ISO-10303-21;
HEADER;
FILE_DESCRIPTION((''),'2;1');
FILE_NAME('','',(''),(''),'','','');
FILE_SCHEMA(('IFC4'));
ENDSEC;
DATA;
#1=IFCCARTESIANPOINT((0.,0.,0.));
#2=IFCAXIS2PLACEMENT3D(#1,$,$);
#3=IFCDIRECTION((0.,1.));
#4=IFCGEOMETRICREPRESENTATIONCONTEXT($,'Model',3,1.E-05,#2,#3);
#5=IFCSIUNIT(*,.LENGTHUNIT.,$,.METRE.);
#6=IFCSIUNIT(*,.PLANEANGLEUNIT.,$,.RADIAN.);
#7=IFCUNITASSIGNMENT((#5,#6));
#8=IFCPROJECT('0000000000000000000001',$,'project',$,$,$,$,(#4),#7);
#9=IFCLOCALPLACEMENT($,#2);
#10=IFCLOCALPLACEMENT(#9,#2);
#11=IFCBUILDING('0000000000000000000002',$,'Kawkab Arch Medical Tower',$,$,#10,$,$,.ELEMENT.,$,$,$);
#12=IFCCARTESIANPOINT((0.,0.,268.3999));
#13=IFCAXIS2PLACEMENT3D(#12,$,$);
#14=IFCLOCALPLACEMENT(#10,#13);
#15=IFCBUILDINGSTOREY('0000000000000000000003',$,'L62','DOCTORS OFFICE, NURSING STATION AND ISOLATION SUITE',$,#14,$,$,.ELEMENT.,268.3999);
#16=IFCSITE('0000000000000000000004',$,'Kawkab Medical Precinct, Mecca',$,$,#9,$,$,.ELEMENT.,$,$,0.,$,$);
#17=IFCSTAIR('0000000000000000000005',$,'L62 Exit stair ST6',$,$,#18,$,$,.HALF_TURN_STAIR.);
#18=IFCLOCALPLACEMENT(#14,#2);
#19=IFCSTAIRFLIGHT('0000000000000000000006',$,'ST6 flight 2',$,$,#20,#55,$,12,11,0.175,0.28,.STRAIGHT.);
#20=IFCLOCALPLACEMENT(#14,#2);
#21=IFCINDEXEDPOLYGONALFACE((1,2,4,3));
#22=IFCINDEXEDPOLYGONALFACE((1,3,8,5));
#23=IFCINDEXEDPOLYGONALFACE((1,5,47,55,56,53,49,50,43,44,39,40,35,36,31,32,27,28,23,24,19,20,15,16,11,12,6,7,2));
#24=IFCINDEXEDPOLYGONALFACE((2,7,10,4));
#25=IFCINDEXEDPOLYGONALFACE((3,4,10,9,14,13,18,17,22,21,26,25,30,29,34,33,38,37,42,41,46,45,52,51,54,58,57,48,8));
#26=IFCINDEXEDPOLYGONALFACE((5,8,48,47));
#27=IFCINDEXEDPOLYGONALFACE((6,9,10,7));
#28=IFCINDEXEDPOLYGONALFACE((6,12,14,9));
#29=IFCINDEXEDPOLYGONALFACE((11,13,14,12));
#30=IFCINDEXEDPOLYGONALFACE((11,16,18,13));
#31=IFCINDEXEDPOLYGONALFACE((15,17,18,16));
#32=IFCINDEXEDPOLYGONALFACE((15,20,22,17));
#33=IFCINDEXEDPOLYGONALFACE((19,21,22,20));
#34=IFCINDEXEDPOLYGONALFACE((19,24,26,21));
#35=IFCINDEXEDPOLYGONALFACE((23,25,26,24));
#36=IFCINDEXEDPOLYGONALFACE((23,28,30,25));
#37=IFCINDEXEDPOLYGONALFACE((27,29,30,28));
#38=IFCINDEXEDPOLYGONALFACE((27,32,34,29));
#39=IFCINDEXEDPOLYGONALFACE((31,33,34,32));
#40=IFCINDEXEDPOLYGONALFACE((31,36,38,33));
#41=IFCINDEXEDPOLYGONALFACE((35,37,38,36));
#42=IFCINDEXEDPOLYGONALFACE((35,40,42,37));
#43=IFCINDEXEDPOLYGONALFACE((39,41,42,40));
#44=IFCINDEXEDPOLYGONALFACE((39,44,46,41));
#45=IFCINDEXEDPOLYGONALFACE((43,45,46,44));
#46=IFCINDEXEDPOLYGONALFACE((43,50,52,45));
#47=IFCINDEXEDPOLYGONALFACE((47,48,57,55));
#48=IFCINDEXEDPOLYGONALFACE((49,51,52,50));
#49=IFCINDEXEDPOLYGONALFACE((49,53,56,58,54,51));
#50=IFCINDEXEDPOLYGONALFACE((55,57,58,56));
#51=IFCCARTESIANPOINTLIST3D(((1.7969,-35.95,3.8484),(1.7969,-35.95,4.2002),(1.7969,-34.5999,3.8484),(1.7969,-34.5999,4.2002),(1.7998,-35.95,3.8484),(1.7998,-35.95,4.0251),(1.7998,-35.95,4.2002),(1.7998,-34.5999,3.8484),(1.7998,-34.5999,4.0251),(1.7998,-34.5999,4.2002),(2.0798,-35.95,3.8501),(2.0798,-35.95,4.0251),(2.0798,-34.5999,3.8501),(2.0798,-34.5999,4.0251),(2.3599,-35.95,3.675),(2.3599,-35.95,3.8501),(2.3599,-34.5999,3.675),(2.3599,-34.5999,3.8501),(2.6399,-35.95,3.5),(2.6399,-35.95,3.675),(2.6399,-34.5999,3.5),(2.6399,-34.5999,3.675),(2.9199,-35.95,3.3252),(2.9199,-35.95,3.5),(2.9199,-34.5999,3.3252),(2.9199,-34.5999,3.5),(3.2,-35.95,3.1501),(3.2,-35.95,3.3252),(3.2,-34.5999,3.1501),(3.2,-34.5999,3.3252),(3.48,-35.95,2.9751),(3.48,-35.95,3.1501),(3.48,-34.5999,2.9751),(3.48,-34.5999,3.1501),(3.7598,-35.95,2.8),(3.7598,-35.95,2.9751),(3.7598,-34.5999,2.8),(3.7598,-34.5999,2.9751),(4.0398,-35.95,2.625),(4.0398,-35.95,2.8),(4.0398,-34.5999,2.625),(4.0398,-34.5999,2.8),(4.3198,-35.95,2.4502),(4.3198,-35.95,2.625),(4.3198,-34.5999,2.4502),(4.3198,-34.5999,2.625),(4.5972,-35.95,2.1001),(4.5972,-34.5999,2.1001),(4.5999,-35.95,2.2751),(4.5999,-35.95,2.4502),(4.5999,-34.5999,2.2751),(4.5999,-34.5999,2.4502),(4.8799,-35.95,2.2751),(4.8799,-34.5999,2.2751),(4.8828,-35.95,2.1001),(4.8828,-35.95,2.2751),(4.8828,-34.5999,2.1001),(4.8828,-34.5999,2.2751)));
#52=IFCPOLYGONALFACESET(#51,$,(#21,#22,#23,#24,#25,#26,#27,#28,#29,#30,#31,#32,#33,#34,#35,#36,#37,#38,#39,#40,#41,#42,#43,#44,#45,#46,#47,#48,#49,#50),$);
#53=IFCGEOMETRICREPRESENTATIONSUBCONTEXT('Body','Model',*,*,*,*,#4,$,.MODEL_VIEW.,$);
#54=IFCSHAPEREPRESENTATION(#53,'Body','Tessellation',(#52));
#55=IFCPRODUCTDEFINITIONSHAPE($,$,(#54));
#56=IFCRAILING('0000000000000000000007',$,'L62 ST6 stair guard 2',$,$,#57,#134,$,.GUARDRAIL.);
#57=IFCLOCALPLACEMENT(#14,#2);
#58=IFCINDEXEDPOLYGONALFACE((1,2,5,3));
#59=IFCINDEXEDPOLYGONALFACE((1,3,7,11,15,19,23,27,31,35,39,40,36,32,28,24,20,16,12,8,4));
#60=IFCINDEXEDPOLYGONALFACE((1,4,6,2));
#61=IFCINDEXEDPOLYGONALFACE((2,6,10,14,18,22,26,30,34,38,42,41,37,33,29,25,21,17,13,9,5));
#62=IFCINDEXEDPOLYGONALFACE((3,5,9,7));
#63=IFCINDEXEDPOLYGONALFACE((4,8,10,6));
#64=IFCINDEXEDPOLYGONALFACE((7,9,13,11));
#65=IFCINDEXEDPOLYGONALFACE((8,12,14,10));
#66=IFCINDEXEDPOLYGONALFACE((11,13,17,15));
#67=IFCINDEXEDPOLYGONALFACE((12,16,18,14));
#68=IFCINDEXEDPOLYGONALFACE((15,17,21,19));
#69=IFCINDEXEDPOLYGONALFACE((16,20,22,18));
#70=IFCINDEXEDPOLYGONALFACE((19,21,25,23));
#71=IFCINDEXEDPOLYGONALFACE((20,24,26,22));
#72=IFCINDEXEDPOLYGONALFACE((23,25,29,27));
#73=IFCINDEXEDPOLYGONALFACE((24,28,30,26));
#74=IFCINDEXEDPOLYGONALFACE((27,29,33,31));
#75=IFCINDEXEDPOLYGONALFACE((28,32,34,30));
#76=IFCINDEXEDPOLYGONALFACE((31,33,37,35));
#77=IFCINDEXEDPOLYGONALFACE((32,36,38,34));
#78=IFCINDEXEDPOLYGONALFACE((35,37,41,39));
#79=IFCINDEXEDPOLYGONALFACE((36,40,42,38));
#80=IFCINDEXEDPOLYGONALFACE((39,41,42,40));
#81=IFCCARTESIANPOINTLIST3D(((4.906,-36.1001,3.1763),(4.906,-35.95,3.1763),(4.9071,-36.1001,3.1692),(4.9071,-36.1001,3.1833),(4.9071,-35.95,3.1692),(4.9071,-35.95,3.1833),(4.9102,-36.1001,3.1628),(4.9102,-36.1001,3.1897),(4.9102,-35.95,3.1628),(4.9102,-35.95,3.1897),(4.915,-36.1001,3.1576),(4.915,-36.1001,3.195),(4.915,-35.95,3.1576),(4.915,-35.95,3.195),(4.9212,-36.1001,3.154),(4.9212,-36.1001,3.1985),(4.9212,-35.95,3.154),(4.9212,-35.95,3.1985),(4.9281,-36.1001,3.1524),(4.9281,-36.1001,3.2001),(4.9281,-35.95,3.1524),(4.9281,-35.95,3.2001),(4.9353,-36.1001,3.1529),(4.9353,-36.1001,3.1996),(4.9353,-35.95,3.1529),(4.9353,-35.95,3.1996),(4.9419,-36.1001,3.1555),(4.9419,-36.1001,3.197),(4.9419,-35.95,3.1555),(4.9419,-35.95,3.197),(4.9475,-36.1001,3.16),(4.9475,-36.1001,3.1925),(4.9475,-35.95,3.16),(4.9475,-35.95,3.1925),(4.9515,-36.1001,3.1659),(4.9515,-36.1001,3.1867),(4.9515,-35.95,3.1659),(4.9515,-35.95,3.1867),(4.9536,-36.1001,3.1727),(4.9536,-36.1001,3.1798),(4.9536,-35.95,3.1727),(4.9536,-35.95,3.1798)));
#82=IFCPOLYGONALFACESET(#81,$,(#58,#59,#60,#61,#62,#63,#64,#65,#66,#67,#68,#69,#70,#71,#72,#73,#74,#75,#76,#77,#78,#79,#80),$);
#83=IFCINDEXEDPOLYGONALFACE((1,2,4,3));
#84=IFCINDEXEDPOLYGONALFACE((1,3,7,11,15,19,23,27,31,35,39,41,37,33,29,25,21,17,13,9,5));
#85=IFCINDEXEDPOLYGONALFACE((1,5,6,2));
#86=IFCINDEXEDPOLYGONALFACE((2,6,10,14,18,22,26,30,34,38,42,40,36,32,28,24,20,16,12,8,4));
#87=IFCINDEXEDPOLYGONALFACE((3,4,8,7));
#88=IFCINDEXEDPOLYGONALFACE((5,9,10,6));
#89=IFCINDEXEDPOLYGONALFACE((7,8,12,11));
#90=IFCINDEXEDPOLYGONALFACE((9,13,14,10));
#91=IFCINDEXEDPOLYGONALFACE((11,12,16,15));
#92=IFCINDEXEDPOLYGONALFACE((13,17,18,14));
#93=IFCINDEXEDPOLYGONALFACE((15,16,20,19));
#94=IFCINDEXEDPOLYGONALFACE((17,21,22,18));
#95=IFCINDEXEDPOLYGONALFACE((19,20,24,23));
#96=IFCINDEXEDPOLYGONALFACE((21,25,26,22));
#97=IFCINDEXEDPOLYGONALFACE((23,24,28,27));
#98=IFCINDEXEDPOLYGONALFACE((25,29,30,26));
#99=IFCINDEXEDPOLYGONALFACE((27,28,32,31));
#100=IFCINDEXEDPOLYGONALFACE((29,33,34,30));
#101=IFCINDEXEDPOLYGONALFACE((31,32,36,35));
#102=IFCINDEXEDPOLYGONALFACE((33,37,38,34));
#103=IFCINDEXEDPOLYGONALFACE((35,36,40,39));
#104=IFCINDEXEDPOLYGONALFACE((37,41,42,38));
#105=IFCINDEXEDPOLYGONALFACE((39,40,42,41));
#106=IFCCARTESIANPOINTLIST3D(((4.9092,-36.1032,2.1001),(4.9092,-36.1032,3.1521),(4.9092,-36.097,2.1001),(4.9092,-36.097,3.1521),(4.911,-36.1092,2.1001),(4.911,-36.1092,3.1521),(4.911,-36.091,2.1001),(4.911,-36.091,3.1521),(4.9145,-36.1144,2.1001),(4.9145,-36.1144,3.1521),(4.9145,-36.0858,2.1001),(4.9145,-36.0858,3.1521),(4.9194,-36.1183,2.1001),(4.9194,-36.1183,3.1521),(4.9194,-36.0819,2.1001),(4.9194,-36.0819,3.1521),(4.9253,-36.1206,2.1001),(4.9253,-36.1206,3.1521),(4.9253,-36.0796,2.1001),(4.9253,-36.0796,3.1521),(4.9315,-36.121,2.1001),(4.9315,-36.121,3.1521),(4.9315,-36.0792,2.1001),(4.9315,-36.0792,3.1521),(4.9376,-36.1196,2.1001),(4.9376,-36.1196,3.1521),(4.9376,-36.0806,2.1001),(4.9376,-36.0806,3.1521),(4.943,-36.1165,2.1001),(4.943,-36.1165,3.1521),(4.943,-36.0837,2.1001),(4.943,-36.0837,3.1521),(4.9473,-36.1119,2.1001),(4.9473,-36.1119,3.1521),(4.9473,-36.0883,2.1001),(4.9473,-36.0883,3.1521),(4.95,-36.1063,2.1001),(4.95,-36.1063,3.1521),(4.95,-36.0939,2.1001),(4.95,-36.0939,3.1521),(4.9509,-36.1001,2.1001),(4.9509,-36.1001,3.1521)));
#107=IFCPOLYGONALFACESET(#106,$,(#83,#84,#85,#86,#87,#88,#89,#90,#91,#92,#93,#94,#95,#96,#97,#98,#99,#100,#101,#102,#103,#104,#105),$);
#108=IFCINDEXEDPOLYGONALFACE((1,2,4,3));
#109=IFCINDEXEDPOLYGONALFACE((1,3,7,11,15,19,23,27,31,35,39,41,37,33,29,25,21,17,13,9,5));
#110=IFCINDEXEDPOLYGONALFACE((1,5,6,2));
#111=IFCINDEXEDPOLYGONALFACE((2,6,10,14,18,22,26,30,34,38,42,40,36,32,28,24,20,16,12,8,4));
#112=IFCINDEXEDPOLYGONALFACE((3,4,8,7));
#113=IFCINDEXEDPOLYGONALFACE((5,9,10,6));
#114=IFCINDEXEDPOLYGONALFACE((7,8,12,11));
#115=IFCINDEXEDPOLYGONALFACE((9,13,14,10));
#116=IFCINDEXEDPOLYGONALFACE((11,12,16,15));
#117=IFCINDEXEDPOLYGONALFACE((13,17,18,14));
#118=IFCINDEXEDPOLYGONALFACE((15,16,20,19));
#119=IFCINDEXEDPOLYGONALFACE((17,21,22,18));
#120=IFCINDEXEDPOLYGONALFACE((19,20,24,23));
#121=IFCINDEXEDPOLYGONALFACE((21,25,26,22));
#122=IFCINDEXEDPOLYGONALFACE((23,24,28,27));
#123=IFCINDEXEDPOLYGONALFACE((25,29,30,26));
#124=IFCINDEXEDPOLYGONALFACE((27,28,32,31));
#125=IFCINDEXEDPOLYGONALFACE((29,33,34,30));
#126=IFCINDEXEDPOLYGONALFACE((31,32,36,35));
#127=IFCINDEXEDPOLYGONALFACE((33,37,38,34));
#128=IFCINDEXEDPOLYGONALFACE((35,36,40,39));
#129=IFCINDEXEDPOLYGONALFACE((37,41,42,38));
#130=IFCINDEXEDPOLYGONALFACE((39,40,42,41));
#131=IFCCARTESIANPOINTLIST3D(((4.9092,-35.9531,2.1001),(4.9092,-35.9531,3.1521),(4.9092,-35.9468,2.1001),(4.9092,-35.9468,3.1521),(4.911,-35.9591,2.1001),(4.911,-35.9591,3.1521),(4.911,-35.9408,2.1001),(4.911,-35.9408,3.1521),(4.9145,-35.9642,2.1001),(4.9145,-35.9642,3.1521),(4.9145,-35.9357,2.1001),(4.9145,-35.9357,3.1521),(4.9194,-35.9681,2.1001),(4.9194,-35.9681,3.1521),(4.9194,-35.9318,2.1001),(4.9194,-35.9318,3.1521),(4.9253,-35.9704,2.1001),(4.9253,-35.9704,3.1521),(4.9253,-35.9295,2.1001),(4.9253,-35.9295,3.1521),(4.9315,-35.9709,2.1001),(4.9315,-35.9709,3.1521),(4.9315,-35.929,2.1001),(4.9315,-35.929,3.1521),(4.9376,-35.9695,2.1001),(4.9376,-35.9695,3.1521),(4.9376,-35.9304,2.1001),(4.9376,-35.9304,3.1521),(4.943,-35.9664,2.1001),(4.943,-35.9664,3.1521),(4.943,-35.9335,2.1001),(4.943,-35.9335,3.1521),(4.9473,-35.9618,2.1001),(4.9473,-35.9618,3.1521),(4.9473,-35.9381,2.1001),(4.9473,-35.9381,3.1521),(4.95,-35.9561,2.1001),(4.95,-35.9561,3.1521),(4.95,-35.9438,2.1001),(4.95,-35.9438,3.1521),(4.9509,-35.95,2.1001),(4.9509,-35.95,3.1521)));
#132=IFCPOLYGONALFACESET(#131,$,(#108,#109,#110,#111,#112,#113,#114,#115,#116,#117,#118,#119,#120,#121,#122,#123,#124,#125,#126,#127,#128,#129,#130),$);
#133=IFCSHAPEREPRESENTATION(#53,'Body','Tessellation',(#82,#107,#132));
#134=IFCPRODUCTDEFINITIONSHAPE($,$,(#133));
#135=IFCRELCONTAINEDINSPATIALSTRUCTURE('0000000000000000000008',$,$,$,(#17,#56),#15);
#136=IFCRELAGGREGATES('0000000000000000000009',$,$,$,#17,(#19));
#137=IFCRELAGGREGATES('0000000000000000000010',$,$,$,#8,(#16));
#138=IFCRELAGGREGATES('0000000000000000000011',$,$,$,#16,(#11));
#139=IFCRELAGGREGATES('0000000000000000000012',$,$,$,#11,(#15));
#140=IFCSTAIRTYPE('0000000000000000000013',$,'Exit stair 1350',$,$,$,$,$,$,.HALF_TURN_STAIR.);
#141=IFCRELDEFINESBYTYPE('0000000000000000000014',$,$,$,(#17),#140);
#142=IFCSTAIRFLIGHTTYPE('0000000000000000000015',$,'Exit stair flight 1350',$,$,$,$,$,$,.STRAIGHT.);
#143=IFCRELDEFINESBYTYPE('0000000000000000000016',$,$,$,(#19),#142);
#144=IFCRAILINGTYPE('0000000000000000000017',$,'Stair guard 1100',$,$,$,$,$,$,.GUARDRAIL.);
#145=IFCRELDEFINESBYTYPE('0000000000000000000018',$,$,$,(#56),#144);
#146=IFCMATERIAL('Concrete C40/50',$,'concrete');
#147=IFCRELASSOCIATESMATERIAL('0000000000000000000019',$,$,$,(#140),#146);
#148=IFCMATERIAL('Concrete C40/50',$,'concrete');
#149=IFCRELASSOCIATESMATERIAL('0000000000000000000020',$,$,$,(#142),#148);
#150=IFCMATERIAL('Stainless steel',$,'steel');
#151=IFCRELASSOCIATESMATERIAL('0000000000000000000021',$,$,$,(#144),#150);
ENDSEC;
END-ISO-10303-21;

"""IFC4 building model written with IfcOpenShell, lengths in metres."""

from ifc_helpers import new_model, si_unit, direction, frame, origin, origin_2d, place, context, subcontext, project, spatial, polyline, circle, outline, extrude, material, type_object, element, aggregate, save


model = new_model("IFC4")

# Units and contexts
model_context = context("Model", 3, precision=1e-05, world=origin(), true_north=direction((0.0, 1.0)))
body_context = subcontext(model_context, "Body", "Model", "MODEL_VIEW")
ifc_project = project(units=[si_unit("LENGTHUNIT", "METRE"), si_unit("PLANEANGLEUNIT", "RADIAN")], contexts=[model_context])

# Site, building, storey
site_placement = place(None, origin())
site = spatial("IfcSite", under=ifc_project, at=site_placement, Name="Kawkab Medical Precinct, Mecca", CompositionType="ELEMENT", RefElevation=0.0)
building_placement = place(site_placement, origin())
building = spatial("IfcBuilding", under=site, at=building_placement, Name="Kawkab Arch Medical Tower", CompositionType="ELEMENT")
storey_placement = place(building_placement, frame((0.0, 0.0, 268.3999)))
storey = spatial("IfcBuildingStorey", under=building, at=storey_placement, Name="L62", Description="DOCTORS OFFICE, NURSING STATION AND ISOLATION SUITE", CompositionType="ELEMENT", Elevation=268.3999)

# Stair, stair flight
ifc_material_1 = material(Name="Concrete C40/50", Category="concrete")
stair_type = type_object("IfcStairType", Name="Exit stair 1350", PredefinedType="HALF_TURN_STAIR", material=ifc_material_1)
stair_placement = place(storey_placement, origin())
stair = element("IfcStair", 1, at=stair_placement, inside=storey, type_object=stair_type, Name="L62 Exit stair ST6", PredefinedType="HALF_TURN_STAIR")
ifc_material_2 = material(Name="Concrete C40/50", Category="concrete")
stair_flight_type = type_object("IfcStairFlightType", Name="Exit stair flight 1350", PredefinedType="STRAIGHT", material=ifc_material_2)
stair_flight_placement = place(storey_placement, frame((4.8799, -35.2749, 2.1001), z_axis=(0.0, 0.0, 1.0), x_axis=(-1.0, 0.0, 0.0)))
stair_flight = element("IfcStairFlight", 2, at=stair_flight_placement, type_object=stair_flight_type, Name="ST6 flight 2", NumberOfRisers=12, NumberOfTreads=11, PredefinedType="STRAIGHT", RiserHeight=0.175, TreadLength=0.28, context=body_context, shape_type="SweptSolid", body=[
    extrude(outline(polyline([(-0.0029, 0.0), (-0.0029, 0.175), (0.0, 0.175), (0.28, 0.175), (0.28, 0.3501), (0.5601, 0.3501), (0.5601, 0.5249), (0.8401, 0.5249), (0.8401, 0.7), (1.1201, 0.7), (1.1201, 0.875), (1.3999, 0.875), (1.3999, 1.05), (1.6799, 1.05), (1.6799, 1.2251), (1.96, 1.2251), (1.96, 1.3999), (2.24, 1.3999), (2.24, 1.575), (2.52, 1.575), (2.52, 1.75), (2.8, 1.75), (2.8, 1.925), (3.0801, 1.925), (3.0801, 2.1001), (3.083, 2.1001), (3.083, 1.7483), (3.0801, 1.7483), (0.2827, 0.0), (-0.0029, 0.0)])), frame((0.0, 0.675, 0.0), z_axis=(0.0, -1.0, 0.0), x_axis=(1.0, 0.0, 0.0)), (0.0, 0.0, 1.0), 1.3501),
])
aggregate(stair, [stair_flight])

# Railing
ifc_material_3 = material(Name="Stainless steel", Category="steel")
railing_type = type_object("IfcRailingType", Name="Stair guard 1100", PredefinedType="GUARDRAIL", material=ifc_material_3)
railing_1_placement = place(storey_placement, frame((4.9299, -36.1001, 2.1001)))
element("IfcRailing", 3, at=railing_1_placement, inside=storey, type_object=railing_type, Name="L62 ST6 stair guard 2", PredefinedType="GUARDRAIL", context=body_context, shape_type="SweptSolid", body=[
    extrude(circle(Radius=0.0239, at=origin_2d()), frame((0.0, 0.0, 1.0762), z_axis=(0.0, 1.0, 0.0), x_axis=(-1.0, 0.0, 0.0)), (0.0, 0.0, 1.0), 0.1501),
    extrude(circle(Radius=0.021, at=origin_2d()), origin(), (0.0, 0.0, 1.0), 1.052),
    extrude(circle(Radius=0.021, at=origin_2d()), frame((0.0, 0.1501, 0.0)), (0.0, 0.0, 1.0), 1.052),
])

save(model, "model.ifc")
